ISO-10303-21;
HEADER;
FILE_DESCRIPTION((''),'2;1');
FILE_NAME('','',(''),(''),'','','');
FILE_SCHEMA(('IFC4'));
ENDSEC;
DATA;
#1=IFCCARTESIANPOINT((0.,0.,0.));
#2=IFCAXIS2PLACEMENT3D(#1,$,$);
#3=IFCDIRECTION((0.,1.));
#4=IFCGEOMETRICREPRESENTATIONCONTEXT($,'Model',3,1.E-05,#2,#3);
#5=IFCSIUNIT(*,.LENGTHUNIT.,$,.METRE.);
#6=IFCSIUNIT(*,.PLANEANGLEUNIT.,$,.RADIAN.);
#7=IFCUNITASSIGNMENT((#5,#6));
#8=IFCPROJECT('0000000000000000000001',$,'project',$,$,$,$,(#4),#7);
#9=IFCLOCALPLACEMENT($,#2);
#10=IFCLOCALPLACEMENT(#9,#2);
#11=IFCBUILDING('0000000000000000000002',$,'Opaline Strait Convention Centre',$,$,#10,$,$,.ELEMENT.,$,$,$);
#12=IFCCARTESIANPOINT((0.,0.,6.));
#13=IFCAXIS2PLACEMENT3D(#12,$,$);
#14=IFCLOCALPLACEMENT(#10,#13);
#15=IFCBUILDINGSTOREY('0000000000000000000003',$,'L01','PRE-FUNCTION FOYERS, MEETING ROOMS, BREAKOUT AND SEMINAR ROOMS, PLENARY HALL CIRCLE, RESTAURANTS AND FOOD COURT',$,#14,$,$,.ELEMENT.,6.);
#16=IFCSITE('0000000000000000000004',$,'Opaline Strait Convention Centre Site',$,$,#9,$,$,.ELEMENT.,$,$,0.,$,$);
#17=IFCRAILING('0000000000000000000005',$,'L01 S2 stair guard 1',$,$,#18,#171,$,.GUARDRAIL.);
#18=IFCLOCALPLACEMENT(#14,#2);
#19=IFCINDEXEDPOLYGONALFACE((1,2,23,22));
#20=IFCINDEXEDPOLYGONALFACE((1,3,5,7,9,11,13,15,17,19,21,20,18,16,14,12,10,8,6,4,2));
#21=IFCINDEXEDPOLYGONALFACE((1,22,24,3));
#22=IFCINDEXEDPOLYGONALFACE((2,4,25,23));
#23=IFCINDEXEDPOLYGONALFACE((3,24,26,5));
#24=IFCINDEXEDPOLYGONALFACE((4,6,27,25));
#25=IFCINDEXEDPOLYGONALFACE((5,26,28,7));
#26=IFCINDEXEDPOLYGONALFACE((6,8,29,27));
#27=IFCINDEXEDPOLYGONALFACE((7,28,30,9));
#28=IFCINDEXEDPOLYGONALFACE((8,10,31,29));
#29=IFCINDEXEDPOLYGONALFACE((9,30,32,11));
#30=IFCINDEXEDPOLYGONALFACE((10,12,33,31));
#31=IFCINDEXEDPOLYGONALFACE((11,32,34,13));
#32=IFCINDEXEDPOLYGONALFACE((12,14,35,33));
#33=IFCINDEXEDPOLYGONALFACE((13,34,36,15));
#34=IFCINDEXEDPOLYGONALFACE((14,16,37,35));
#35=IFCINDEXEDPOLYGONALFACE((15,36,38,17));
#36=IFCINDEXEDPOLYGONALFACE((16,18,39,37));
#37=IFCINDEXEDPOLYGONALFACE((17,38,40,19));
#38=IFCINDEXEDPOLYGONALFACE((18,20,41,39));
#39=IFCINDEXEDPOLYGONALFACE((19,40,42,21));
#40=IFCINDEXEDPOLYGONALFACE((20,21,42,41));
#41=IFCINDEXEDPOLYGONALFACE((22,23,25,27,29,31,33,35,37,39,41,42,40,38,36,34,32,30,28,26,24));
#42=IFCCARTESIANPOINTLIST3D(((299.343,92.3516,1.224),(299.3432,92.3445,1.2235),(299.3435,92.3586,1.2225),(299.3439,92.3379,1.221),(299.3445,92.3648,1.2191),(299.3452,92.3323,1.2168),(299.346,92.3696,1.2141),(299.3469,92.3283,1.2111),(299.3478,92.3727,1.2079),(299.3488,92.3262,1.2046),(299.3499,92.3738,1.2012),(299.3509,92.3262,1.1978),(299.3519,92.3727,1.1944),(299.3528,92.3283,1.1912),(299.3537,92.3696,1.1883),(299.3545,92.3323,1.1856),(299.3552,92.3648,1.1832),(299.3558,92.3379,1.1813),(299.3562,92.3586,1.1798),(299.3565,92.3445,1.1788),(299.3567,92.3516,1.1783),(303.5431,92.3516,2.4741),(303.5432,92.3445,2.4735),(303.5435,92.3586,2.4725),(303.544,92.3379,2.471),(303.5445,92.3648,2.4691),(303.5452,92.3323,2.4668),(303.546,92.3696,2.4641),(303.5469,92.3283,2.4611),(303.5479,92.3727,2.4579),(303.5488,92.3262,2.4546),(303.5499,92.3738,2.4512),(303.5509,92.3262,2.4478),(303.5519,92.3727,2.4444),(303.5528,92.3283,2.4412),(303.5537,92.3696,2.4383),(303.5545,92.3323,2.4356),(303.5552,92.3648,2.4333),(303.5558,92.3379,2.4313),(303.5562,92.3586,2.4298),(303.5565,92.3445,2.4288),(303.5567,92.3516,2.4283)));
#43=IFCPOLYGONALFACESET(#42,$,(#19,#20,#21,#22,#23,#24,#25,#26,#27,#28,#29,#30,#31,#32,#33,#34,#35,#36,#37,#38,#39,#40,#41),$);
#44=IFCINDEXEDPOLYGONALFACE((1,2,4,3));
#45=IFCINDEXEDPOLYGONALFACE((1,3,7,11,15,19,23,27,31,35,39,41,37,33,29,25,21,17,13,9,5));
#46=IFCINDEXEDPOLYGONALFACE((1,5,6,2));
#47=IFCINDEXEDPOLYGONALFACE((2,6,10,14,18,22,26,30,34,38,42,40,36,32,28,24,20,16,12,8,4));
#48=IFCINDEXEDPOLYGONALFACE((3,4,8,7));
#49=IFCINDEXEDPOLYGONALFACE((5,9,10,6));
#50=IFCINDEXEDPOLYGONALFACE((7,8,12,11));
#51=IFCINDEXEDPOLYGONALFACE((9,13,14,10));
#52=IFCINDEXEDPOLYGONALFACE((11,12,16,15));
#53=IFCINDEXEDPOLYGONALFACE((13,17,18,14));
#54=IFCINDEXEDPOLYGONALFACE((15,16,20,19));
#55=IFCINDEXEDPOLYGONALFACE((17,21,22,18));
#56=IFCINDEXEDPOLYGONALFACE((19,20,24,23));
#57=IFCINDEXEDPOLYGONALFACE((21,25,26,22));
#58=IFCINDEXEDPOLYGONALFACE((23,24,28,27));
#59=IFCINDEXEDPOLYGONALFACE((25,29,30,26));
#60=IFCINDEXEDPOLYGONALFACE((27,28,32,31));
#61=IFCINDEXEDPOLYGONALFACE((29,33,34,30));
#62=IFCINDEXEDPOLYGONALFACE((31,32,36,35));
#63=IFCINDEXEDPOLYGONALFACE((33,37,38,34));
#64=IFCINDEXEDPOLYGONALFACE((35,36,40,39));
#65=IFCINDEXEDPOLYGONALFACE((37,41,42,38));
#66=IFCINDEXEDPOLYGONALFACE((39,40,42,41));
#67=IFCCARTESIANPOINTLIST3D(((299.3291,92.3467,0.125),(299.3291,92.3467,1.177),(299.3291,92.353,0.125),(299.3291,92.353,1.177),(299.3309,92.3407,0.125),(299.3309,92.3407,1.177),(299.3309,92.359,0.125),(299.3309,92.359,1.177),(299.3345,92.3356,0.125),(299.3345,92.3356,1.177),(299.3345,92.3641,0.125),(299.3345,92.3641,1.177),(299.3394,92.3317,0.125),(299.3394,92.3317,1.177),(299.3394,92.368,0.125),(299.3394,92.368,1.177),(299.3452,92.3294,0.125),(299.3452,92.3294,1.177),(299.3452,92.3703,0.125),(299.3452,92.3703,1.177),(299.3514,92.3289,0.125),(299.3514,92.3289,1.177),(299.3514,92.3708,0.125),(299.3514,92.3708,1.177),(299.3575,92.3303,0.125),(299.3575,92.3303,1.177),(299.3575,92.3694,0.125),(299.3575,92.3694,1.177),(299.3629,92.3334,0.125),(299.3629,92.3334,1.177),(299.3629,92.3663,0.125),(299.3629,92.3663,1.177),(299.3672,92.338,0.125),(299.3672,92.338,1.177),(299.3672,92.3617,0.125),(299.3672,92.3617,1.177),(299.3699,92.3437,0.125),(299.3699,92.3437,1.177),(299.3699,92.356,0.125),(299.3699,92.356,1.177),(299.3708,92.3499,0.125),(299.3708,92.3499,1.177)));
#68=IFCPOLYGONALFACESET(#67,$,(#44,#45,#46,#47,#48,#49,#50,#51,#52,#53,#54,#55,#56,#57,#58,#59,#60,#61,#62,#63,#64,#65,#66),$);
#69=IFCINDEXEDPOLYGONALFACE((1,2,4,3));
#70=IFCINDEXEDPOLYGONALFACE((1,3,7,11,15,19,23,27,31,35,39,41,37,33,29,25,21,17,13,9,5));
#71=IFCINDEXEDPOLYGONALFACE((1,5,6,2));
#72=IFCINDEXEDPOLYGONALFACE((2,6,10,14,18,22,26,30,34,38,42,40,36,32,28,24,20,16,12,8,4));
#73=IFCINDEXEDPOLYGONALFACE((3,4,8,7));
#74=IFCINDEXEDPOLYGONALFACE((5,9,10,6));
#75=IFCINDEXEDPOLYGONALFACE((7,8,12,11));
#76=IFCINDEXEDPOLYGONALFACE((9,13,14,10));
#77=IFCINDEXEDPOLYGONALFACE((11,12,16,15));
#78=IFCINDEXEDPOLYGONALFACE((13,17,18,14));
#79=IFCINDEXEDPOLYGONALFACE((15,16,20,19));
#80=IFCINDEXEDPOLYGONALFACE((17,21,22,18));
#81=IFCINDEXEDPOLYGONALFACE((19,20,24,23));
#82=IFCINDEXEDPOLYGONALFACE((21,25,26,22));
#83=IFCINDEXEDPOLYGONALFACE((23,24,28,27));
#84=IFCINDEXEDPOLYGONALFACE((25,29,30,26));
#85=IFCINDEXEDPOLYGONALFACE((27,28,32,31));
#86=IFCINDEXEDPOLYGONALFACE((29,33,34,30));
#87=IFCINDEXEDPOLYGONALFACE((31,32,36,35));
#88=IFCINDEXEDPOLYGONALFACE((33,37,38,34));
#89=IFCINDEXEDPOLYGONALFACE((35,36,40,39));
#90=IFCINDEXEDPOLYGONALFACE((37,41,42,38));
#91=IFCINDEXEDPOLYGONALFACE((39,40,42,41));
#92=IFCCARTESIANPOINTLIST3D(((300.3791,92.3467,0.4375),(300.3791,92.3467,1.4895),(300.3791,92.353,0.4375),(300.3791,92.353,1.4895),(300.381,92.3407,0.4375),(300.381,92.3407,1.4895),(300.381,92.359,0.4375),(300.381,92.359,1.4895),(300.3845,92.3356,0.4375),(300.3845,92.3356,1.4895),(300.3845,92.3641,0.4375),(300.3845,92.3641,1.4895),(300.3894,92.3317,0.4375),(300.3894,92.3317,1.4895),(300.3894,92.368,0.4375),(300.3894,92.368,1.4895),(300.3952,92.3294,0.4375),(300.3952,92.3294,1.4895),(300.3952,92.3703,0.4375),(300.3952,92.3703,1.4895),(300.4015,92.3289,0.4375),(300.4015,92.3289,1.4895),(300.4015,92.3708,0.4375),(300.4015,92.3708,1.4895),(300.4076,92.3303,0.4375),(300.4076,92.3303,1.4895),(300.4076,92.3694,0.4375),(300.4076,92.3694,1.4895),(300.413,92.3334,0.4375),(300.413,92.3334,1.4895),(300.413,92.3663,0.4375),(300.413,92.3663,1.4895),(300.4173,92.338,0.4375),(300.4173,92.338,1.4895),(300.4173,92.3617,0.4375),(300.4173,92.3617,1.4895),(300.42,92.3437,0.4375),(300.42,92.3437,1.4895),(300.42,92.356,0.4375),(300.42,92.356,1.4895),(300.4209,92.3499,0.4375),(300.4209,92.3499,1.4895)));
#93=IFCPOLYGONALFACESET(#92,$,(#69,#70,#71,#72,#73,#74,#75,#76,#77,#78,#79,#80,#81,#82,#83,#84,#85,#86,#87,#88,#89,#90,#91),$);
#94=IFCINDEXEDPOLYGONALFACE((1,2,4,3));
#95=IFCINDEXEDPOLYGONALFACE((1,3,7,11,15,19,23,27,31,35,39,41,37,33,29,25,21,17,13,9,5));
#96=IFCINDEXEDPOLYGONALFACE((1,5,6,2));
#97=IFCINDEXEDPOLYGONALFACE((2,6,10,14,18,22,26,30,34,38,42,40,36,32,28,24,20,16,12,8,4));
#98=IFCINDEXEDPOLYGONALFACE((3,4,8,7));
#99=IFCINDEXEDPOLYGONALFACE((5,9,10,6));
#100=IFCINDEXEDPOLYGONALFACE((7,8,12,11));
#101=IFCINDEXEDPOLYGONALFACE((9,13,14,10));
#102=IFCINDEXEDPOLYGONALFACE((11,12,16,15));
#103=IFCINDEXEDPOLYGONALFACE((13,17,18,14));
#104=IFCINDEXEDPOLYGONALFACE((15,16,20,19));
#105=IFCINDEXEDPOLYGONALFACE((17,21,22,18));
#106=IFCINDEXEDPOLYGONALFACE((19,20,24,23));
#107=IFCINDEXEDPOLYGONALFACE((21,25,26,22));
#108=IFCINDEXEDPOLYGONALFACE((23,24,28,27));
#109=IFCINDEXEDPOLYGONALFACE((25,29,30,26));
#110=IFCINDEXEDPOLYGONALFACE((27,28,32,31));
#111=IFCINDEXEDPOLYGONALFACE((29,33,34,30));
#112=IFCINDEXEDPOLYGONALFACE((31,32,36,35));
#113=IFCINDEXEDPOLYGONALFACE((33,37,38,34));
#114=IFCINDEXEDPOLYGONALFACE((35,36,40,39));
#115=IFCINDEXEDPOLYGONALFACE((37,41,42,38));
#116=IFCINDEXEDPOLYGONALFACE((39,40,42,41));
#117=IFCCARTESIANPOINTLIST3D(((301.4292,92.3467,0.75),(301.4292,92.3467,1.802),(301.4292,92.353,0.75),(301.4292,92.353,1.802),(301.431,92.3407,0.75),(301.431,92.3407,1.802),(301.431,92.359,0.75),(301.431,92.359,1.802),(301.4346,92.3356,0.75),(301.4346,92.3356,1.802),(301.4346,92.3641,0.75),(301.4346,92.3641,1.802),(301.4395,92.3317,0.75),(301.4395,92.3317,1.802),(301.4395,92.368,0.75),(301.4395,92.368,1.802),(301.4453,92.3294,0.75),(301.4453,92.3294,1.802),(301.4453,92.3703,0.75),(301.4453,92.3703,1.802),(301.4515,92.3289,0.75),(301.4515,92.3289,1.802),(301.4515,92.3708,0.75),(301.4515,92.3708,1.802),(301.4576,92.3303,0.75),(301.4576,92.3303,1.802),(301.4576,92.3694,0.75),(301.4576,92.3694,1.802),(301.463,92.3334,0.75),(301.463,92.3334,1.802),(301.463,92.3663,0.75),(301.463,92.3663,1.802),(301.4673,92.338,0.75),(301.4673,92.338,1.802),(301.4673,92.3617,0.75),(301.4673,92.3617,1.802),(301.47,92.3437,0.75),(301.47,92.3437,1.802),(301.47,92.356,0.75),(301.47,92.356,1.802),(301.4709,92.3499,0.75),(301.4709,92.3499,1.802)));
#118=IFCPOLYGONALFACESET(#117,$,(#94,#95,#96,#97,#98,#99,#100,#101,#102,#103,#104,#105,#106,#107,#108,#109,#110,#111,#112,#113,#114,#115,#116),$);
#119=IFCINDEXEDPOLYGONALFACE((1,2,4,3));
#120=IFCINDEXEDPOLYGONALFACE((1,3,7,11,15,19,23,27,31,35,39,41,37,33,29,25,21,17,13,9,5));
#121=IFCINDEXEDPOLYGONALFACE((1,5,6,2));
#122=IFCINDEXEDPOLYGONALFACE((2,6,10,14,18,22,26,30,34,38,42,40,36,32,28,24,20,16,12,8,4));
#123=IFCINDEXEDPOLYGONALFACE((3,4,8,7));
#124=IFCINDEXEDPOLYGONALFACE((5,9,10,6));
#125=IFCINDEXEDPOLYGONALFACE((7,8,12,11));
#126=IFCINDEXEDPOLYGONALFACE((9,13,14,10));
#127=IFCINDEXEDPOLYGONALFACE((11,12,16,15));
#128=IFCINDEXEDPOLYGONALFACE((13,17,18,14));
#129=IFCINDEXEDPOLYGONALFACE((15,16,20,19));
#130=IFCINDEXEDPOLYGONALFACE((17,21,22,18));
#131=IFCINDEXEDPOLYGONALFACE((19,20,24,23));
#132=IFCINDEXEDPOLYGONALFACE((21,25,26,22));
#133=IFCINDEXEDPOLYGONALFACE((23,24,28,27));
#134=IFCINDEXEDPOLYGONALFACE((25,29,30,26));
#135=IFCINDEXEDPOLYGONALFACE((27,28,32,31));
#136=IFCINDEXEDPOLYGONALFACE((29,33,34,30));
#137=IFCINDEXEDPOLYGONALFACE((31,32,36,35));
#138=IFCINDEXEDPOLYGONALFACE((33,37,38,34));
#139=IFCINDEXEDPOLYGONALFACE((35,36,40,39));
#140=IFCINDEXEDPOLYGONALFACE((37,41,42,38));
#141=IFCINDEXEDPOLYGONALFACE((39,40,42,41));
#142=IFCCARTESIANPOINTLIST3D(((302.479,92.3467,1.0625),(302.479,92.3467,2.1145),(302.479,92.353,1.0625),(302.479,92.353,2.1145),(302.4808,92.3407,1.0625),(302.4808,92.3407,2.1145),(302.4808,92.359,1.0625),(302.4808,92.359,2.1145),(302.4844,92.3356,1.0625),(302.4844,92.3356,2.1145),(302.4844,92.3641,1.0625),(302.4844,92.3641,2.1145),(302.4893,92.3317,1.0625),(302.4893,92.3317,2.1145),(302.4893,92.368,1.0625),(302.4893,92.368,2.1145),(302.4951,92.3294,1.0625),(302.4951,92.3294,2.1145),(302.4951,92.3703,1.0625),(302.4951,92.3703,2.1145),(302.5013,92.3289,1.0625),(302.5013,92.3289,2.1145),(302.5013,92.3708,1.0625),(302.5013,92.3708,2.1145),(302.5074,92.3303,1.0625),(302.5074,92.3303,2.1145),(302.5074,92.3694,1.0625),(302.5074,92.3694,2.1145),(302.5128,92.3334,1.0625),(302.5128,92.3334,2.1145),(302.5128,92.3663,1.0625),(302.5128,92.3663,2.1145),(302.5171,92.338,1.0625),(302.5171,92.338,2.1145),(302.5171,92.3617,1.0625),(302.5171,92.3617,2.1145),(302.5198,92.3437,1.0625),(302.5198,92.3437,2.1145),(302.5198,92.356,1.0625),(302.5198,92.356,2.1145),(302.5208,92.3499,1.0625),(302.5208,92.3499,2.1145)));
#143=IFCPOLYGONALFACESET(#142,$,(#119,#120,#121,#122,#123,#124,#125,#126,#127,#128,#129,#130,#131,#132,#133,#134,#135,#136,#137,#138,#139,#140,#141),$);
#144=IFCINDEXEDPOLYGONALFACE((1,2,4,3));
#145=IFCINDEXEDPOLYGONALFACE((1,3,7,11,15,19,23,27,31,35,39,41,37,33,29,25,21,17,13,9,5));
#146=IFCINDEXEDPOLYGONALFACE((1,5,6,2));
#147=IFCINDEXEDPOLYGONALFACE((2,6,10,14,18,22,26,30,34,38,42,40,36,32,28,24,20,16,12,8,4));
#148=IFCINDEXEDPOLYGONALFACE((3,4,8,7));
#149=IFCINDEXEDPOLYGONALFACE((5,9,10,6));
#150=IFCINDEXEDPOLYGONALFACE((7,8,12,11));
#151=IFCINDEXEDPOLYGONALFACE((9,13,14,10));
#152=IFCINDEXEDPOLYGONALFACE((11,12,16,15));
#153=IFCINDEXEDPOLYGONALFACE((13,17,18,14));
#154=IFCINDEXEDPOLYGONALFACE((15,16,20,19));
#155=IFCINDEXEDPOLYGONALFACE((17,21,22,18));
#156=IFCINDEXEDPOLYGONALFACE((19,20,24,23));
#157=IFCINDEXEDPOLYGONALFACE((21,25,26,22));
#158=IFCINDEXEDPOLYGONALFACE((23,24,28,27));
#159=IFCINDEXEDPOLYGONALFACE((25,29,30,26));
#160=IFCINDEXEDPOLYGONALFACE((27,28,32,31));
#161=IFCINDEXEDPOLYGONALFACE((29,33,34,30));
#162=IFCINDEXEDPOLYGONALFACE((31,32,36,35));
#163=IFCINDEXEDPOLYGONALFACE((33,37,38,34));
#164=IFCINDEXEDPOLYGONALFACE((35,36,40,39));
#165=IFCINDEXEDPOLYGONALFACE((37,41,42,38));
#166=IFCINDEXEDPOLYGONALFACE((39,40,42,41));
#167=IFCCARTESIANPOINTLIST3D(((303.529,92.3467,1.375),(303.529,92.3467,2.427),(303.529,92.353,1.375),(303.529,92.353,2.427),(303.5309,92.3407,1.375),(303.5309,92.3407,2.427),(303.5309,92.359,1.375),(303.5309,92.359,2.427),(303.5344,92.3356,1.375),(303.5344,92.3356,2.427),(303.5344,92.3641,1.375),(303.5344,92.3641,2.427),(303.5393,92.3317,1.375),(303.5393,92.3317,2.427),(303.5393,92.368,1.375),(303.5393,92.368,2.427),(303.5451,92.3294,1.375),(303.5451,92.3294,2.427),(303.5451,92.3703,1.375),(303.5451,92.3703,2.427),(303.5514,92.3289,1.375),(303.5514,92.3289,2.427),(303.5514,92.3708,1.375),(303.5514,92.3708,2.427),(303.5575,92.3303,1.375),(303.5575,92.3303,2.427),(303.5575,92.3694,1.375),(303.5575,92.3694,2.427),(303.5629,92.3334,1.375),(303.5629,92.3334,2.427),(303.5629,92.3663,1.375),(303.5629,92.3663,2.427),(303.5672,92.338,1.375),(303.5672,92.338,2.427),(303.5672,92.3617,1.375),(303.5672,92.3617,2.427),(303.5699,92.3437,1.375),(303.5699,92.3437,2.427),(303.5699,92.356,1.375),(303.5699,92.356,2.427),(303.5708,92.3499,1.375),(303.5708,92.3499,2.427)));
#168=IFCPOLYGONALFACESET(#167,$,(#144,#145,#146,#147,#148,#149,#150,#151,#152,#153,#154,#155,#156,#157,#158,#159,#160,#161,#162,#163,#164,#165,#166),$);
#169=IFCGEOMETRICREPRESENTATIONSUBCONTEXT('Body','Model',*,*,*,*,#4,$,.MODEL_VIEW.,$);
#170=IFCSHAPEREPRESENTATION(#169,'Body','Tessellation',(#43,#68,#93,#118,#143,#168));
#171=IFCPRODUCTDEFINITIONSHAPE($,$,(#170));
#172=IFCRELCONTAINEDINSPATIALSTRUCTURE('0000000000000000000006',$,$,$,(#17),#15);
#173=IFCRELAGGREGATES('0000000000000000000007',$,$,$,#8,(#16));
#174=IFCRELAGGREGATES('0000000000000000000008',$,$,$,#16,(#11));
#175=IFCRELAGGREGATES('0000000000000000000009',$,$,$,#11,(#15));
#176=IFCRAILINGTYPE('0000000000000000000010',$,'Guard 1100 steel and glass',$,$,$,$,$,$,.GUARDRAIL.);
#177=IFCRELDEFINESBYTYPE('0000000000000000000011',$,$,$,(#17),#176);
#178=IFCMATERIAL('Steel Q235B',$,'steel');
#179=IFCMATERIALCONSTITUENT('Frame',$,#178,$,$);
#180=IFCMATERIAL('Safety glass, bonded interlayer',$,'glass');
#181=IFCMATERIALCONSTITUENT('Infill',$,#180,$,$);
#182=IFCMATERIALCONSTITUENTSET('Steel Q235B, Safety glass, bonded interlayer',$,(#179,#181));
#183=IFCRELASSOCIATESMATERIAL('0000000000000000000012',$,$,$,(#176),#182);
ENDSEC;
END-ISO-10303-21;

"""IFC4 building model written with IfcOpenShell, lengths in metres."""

from ifc_helpers import new_model, si_unit, direction, frame, origin, origin_2d, place, context, subcontext, project, spatial, circle, extrude, material, constituent, constituent_set, type_object, element, save


model = new_model("IFC4")

# Units and contexts
model_context = context("Model", 3, precision=1e-05, world=origin(), true_north=direction((0.0, 1.0)))
body_context = subcontext(model_context, "Body", "Model", "MODEL_VIEW")
ifc_project = project(units=[si_unit("LENGTHUNIT", "METRE"), si_unit("PLANEANGLEUNIT", "RADIAN")], contexts=[model_context])

# Site, building, storey
site_placement = place(None, origin())
site = spatial("IfcSite", under=ifc_project, at=site_placement, Name="Opaline Strait Convention Centre Site", CompositionType="ELEMENT", RefElevation=0.0)
building_placement = place(site_placement, origin())
building = spatial("IfcBuilding", under=site, at=building_placement, Name="Opaline Strait Convention Centre", CompositionType="ELEMENT")
storey_placement = place(building_placement, frame((0.0, 0.0, 6.0)))
storey = spatial("IfcBuildingStorey", under=building, at=storey_placement, Name="L01", Description="PRE-FUNCTION FOYERS, MEETING ROOMS, BREAKOUT AND SEMINAR ROOMS, PLENARY HALL CIRCLE, RESTAURANTS AND FOOD COURT", CompositionType="ELEMENT", Elevation=6.0)

# Railing
ifc_material_1 = material(Name="Steel Q235B", Category="steel")
ifc_constituent_1 = constituent(ifc_material_1, Name="Frame")
ifc_material_2 = material(Name="Safety glass, bonded interlayer", Category="glass")
ifc_constituent_2 = constituent(ifc_material_2, Name="Infill")
ifc_constituent_set = constituent_set(constituents=[ifc_constituent_1, ifc_constituent_2], Name="Steel Q235B, Safety glass, bonded interlayer")
railing_type_1 = type_object("IfcRailingType", Name="Guard 1100 steel and glass", PredefinedType="GUARDRAIL", material=ifc_constituent_set)
railing_1_placement = place(storey_placement, frame((299.3499, 92.3499, 0.125)))
element("IfcRailing", 1, at=railing_1_placement, inside=storey, type_object=railing_type_1, Name="L01 S2 stair guard 1", PredefinedType="GUARDRAIL", context=body_context, shape_type="SweptSolid", body=[
    extrude(circle(Radius=0.0239, at=origin_2d()), frame((0.0, 0.0, 1.0762), z_axis=(0.958451, 0.0, 0.285257), x_axis=(0.0, 1.0, 0.0)), (0.0, 0.0, 1.0), 4.3821),
    extrude(circle(Radius=0.021, at=origin_2d()), origin(), (0.0, 0.0, 1.0), 1.052),
    extrude(circle(Radius=0.021, at=origin_2d()), frame((1.05, 0.0, 0.3125)), (0.0, 0.0, 1.0), 1.052),
    extrude(circle(Radius=0.021, at=origin_2d()), frame((2.1001, 0.0, 0.625)), (0.0, 0.0, 1.0), 1.052),
    extrude(circle(Radius=0.021, at=origin_2d()), frame((3.1499, 0.0, 0.9375)), (0.0, 0.0, 1.0), 1.052),
    extrude(circle(Radius=0.021, at=origin_2d()), frame((4.2, 0.0, 1.25)), (0.0, 0.0, 1.0), 1.052),
])

save(model, "model.ifc")
